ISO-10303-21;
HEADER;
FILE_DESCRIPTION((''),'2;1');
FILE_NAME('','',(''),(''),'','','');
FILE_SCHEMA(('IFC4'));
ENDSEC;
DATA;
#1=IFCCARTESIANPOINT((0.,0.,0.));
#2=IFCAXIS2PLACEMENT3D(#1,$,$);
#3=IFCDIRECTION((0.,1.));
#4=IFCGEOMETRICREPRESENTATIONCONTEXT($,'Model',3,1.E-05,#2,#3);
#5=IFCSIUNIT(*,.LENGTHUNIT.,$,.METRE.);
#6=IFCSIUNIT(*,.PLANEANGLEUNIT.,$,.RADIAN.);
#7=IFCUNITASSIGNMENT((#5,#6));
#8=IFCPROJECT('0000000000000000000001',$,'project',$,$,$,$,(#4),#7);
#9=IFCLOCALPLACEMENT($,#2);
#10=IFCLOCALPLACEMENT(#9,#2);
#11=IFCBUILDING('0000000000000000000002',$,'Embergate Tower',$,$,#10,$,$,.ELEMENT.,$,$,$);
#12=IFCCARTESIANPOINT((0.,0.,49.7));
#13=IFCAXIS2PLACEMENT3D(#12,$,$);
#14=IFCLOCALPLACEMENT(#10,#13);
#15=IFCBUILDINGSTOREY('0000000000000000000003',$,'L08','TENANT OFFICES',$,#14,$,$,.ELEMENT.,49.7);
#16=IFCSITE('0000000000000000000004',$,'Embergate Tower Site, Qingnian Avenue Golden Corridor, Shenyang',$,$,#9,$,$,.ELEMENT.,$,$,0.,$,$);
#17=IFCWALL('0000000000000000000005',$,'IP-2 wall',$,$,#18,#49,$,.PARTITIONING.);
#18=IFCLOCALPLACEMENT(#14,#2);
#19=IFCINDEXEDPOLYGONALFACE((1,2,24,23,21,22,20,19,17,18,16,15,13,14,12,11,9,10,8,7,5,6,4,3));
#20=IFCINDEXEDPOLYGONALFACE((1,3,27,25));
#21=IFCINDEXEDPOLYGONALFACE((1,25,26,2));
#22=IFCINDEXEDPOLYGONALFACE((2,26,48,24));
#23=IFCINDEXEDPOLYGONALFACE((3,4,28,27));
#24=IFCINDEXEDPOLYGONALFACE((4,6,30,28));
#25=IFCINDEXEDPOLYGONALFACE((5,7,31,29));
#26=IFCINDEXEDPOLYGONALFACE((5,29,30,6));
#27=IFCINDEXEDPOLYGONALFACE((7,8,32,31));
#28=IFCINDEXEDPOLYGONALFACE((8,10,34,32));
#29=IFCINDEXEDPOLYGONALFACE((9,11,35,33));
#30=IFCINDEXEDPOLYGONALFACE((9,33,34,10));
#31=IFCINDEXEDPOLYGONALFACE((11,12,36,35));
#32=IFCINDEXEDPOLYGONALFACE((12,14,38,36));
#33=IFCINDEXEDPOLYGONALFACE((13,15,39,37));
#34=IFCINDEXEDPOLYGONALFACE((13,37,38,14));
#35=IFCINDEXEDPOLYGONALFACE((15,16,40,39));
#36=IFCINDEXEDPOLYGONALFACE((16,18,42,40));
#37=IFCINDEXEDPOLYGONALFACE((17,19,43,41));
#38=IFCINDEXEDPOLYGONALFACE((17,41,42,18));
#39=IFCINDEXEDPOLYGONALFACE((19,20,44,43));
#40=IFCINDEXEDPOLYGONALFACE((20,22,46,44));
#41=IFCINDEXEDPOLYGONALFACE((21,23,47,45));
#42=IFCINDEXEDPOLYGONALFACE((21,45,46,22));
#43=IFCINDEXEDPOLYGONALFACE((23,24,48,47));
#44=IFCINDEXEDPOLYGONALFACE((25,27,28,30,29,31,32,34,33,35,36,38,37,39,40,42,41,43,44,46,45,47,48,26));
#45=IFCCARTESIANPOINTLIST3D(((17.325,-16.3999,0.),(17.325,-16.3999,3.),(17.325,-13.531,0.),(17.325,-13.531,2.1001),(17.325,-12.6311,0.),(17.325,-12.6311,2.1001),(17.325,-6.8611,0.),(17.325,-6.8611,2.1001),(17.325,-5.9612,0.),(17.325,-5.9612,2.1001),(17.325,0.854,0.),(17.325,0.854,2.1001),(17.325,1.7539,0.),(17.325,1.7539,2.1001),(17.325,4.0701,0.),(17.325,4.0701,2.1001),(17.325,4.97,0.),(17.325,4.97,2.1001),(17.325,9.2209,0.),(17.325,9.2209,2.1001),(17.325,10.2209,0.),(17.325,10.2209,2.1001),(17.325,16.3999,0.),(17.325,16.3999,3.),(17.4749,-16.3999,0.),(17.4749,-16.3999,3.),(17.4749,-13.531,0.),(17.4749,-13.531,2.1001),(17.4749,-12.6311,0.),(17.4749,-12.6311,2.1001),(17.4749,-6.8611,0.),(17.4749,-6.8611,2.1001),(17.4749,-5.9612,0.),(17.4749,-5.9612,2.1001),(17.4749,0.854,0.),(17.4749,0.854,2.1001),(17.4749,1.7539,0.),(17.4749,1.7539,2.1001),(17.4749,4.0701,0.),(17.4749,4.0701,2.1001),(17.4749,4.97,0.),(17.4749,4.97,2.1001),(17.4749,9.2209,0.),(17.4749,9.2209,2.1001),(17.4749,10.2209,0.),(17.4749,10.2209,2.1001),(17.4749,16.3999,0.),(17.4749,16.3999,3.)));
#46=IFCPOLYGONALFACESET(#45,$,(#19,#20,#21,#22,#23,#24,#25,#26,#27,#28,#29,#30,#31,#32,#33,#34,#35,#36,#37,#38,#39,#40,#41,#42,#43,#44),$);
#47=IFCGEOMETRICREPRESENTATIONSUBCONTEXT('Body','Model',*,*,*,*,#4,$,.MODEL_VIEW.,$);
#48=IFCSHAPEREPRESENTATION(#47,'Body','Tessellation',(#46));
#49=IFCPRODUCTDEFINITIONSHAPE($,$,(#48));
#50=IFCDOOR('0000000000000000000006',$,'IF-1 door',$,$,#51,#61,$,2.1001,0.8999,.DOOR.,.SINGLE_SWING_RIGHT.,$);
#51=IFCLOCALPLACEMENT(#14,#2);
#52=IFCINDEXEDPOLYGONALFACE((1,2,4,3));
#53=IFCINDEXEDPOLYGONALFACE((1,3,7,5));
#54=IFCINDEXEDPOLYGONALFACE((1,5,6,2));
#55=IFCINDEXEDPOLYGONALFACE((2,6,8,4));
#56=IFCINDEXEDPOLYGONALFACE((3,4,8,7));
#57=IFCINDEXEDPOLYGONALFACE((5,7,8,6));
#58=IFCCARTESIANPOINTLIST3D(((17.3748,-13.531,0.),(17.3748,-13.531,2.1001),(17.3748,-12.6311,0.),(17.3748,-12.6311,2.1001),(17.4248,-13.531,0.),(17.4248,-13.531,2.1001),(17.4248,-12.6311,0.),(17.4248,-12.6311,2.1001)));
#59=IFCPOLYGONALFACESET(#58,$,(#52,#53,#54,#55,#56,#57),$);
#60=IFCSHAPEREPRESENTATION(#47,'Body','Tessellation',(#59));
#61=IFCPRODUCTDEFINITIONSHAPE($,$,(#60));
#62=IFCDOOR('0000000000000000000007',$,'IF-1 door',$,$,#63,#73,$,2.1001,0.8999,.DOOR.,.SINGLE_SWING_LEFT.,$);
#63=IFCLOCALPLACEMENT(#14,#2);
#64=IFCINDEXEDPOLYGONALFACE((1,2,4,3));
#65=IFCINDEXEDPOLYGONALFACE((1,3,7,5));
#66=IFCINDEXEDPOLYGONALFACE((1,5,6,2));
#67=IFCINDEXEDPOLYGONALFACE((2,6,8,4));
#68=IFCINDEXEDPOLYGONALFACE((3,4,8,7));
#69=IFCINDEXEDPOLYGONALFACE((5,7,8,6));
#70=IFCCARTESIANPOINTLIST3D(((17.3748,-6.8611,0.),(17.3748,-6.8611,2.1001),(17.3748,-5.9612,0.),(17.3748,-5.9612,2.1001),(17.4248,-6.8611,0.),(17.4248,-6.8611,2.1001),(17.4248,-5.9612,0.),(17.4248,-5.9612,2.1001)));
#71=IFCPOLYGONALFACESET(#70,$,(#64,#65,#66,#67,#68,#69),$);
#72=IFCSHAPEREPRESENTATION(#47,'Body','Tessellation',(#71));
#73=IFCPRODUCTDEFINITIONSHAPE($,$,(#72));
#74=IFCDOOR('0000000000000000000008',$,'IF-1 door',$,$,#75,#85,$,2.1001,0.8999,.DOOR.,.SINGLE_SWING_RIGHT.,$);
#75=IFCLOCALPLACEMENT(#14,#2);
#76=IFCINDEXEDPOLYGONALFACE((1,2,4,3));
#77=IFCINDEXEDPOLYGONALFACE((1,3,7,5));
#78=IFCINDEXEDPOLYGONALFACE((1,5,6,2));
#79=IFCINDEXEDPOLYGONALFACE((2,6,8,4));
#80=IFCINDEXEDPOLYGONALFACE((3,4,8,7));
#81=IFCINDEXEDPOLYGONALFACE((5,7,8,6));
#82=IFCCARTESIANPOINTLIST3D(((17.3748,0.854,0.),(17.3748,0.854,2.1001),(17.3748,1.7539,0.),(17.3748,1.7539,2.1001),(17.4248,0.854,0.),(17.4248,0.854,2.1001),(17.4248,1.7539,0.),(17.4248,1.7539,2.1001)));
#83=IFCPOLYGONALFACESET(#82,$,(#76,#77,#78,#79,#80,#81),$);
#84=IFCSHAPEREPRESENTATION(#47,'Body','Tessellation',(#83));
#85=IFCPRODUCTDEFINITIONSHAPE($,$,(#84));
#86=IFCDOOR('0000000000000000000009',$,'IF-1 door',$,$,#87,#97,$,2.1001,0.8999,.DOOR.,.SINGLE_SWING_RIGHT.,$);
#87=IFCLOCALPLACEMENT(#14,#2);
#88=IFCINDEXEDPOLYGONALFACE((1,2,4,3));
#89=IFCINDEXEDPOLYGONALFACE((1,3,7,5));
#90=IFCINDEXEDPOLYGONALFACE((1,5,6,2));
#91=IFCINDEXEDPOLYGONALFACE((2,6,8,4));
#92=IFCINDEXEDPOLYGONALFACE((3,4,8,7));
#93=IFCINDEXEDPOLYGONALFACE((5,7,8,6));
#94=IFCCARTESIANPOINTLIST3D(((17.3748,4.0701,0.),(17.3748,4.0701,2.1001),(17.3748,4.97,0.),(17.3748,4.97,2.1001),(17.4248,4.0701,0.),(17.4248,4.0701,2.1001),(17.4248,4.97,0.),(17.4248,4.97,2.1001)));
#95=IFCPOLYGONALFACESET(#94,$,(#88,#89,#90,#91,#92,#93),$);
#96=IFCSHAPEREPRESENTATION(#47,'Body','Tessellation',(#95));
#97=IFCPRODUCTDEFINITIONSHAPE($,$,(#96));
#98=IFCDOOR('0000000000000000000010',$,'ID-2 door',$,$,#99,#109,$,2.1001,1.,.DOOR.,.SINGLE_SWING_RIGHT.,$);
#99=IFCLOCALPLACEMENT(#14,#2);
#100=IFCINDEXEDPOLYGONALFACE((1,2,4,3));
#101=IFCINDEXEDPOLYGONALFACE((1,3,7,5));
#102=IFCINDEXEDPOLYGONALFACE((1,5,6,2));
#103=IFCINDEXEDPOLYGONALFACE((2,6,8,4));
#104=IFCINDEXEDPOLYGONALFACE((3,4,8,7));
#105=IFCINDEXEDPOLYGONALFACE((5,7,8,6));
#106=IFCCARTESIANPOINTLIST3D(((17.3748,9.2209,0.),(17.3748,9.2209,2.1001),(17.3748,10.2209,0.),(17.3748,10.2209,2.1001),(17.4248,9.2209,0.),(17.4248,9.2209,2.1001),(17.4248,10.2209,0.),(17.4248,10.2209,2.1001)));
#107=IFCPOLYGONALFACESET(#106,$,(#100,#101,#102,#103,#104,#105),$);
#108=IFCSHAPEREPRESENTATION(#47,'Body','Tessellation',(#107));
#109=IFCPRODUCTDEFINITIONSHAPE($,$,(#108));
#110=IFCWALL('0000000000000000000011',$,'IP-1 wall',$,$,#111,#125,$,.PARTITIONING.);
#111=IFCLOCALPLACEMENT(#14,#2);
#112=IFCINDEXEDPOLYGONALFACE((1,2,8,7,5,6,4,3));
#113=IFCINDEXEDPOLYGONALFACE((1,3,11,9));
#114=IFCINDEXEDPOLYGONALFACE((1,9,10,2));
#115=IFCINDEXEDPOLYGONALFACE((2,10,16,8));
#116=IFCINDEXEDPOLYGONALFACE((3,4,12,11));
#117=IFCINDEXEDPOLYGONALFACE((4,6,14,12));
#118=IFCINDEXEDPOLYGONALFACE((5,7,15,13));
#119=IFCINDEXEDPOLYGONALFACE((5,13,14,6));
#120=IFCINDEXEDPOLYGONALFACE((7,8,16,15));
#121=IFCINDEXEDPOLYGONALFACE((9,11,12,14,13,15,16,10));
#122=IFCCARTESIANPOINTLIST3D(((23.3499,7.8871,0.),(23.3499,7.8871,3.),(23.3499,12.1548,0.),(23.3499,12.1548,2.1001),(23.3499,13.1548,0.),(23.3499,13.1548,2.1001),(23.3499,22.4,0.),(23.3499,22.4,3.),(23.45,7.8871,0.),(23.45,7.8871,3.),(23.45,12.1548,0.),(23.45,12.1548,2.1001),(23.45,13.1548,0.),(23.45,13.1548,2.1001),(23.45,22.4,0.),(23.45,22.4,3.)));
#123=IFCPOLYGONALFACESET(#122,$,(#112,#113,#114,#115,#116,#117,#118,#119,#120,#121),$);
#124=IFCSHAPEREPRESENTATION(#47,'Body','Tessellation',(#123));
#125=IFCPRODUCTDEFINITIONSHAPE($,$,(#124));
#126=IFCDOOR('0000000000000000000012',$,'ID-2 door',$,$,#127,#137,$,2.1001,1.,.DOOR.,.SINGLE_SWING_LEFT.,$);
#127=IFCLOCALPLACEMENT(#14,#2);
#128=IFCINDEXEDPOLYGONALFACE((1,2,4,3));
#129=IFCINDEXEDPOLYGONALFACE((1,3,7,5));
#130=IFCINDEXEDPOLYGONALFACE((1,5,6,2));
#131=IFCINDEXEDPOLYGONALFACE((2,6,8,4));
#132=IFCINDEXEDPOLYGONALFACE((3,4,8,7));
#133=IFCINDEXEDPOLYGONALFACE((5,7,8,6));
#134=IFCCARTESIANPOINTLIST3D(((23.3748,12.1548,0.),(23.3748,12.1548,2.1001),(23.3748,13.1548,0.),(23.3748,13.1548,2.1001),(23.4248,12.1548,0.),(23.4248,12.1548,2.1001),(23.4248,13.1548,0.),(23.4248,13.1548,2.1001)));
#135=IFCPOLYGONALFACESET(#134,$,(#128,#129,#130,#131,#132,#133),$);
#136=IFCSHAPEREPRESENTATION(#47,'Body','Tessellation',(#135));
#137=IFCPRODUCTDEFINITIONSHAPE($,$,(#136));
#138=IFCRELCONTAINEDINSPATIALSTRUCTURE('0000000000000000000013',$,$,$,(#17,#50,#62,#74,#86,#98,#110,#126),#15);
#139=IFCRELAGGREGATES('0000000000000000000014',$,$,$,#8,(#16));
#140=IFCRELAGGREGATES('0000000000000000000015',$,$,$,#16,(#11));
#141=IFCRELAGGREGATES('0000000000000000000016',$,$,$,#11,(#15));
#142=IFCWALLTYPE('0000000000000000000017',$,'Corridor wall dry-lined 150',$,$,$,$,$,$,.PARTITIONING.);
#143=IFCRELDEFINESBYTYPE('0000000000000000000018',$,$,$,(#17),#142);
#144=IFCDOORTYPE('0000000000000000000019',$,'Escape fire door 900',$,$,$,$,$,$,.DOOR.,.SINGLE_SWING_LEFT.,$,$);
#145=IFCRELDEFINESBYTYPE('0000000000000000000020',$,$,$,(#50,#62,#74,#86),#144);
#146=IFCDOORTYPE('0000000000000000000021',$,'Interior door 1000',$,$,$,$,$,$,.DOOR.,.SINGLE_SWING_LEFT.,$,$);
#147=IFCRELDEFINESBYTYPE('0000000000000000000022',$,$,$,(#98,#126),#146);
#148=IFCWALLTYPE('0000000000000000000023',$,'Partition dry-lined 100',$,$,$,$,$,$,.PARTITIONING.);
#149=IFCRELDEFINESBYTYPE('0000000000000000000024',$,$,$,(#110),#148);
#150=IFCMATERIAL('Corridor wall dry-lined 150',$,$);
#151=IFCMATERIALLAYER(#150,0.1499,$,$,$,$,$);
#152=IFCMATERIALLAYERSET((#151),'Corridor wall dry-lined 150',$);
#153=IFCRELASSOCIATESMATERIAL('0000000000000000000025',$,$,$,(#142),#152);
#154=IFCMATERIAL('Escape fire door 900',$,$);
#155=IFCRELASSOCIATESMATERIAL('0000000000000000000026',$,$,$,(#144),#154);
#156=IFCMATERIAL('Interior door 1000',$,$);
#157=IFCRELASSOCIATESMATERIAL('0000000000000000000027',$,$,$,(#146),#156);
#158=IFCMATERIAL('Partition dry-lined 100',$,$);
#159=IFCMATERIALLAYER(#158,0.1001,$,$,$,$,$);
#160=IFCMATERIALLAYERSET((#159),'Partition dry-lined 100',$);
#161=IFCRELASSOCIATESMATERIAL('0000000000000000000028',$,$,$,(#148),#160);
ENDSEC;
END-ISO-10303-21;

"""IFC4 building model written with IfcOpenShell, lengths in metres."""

from ifc_helpers import new_model, si_unit, direction, frame, frame_2d, origin, place, context, subcontext, project, spatial, rectangle, extrude, source, transform, mapped, material, layer, layer_set, type_object, element, fill, save


model = new_model("IFC4")

# Units and contexts
model_context = context("Model", 3, precision=1e-05, world=origin(), true_north=direction((0.0, 1.0)))
body_context = subcontext(model_context, "Body", "Model", "MODEL_VIEW")
ifc_project = project(units=[si_unit("LENGTHUNIT", "METRE"), si_unit("PLANEANGLEUNIT", "RADIAN")], contexts=[model_context])

# Site, building, storey
site_placement = place(None, origin())
site = spatial("IfcSite", under=ifc_project, at=site_placement, Name="Embergate Tower Site, Qingnian Avenue Golden Corridor, Shenyang", CompositionType="ELEMENT", RefElevation=0.0)
building_placement = place(site_placement, origin())
building = spatial("IfcBuilding", under=site, at=building_placement, Name="Embergate Tower", CompositionType="ELEMENT")
storey_placement = place(building_placement, frame((0.0, 0.0, 49.7)))
storey = spatial("IfcBuildingStorey", under=building, at=storey_placement, Name="L08", Description="TENANT OFFICES", CompositionType="ELEMENT", Elevation=49.7)

# Wall, openings, doors
ifc_material_1 = material(Name="Corridor wall dry-lined 150")
ifc_layer_1 = layer(ifc_material_1, 0.1499)
ifc_layer_set_1 = layer_set([ifc_layer_1], Name="Corridor wall dry-lined 150")
wall_type_1 = type_object("IfcWallType", Name="Corridor wall dry-lined 150", PredefinedType="PARTITIONING", material=ifc_layer_set_1)
shared_shape_1 = source(origin(), body_context, "Body", "SweptSolid", [
    extrude(rectangle(XDim=32.7998, YDim=0.1499, at=frame_2d((16.3999, 0.0))), origin(), (0.0, 0.0, 1.0), 3.0),
])
wall_1_placement = place(storey_placement, frame((17.3999, 16.3999, 0.0), z_axis=(0.0, 0.0, 1.0), x_axis=(0.0, -1.0, 0.0)))
wall_1 = element("IfcWall", 1, at=wall_1_placement, inside=storey, type_object=wall_type_1, Name="IP-2 wall", PredefinedType="PARTITIONING", context=body_context, shape_type="MappedRepresentation", body=[
    mapped(shared_shape_1, transform((0.0, 0.0, 0.0))),
])
shared_shape_2 = source(origin(), body_context, "Body", "SweptSolid", [
    extrude(rectangle(XDim=0.8999, YDim=2.1001, at=frame_2d((0.45, 1.05))), frame((0.0, 0.085, 0.0), z_axis=(0.0, -1.0, 0.0), x_axis=(1.0, 0.0, 0.0)), (0.0, 0.0, 1.0), 0.1699),
])
opening_1_placement = place(wall_1_placement, frame((29.031, 0.0, 0.0)))
opening_1 = element("IfcOpeningElement", 2, at=opening_1_placement, cuts=wall_1, PredefinedType="OPENING", context=body_context, shape_type="MappedRepresentation", body=[
    mapped(shared_shape_2, transform((0.0, 0.0, 0.0))),
])
opening_2_placement = place(wall_1_placement, frame((22.3611, 0.0, 0.0)))
opening_2 = element("IfcOpeningElement", 3, at=opening_2_placement, cuts=wall_1, PredefinedType="OPENING", context=body_context, shape_type="MappedRepresentation", body=[
    mapped(shared_shape_2, transform((0.0, 0.0, 0.0))),
])
opening_3_placement = place(wall_1_placement, frame((14.646, 0.0, 0.0)))
opening_3 = element("IfcOpeningElement", 4, at=opening_3_placement, cuts=wall_1, PredefinedType="OPENING", context=body_context, shape_type="MappedRepresentation", body=[
    mapped(shared_shape_2, transform((0.0, 0.0, 0.0))),
])
opening_4_placement = place(wall_1_placement, frame((11.4299, 0.0, 0.0)))
opening_4 = element("IfcOpeningElement", 5, at=opening_4_placement, cuts=wall_1, PredefinedType="OPENING", context=body_context, shape_type="MappedRepresentation", body=[
    mapped(shared_shape_2, transform((0.0, 0.0, 0.0))),
])
shared_shape_3 = source(origin(), body_context, "Body", "SweptSolid", [
    extrude(rectangle(XDim=1.0, YDim=2.1001, at=frame_2d((0.5, 1.05))), frame((0.0, 0.085, 0.0), z_axis=(0.0, -1.0, 0.0), x_axis=(1.0, 0.0, 0.0)), (0.0, 0.0, 1.0), 0.1699),
])
opening_5_placement = place(wall_1_placement, frame((6.179, 0.0, 0.0)))
opening_5 = element("IfcOpeningElement", 6, at=opening_5_placement, cuts=wall_1, PredefinedType="OPENING", context=body_context, shape_type="MappedRepresentation", body=[
    mapped(shared_shape_3, transform((0.0, 0.0, 0.0))),
])
ifc_material_2 = material(Name="Escape fire door 900")
door_type_1 = type_object("IfcDoorType", Name="Escape fire door 900", OperationType="SINGLE_SWING_LEFT", PredefinedType="DOOR", material=ifc_material_2)
shared_shape_4 = source(origin(), body_context, "Body", "SweptSolid", [
    extrude(rectangle(XDim=0.8999, YDim=2.1001, at=frame_2d((0.45, 1.05))), frame((0.0, 0.0249, 0.0), z_axis=(0.0, -1.0, 0.0), x_axis=(1.0, 0.0, 0.0)), (0.0, 0.0, 1.0), 0.05),
])
door_1_placement = place(opening_1_placement, origin())
door_1 = element("IfcDoor", 7, at=door_1_placement, inside=storey, type_object=door_type_1, Name="IF-1 door", OperationType="SINGLE_SWING_RIGHT", OverallHeight=2.1001, OverallWidth=0.8999, PredefinedType="DOOR", context=body_context, shape_type="MappedRepresentation", body=[
    mapped(shared_shape_4, transform((0.0, 0.0, 0.0))),
])
fill(opening_1, door_1)
door_2_placement = place(opening_2_placement, origin())
door_2 = element("IfcDoor", 8, at=door_2_placement, inside=storey, type_object=door_type_1, Name="IF-1 door", OperationType="SINGLE_SWING_LEFT", OverallHeight=2.1001, OverallWidth=0.8999, PredefinedType="DOOR", context=body_context, shape_type="MappedRepresentation", body=[
    mapped(shared_shape_4, transform((0.0, 0.0, 0.0))),
])
fill(opening_2, door_2)
door_3_placement = place(opening_3_placement, origin())
door_3 = element("IfcDoor", 9, at=door_3_placement, inside=storey, type_object=door_type_1, Name="IF-1 door", OperationType="SINGLE_SWING_RIGHT", OverallHeight=2.1001, OverallWidth=0.8999, PredefinedType="DOOR", context=body_context, shape_type="MappedRepresentation", body=[
    mapped(shared_shape_4, transform((0.0, 0.0, 0.0))),
])
fill(opening_3, door_3)
door_4_placement = place(opening_4_placement, origin())
door_4 = element("IfcDoor", 10, at=door_4_placement, inside=storey, type_object=door_type_1, Name="IF-1 door", OperationType="SINGLE_SWING_RIGHT", OverallHeight=2.1001, OverallWidth=0.8999, PredefinedType="DOOR", context=body_context, shape_type="MappedRepresentation", body=[
    mapped(shared_shape_4, transform((0.0, 0.0, 0.0))),
])
fill(opening_4, door_4)
ifc_material_3 = material(Name="Interior door 1000")
door_type_2 = type_object("IfcDoorType", Name="Interior door 1000", OperationType="SINGLE_SWING_LEFT", PredefinedType="DOOR", material=ifc_material_3)
shared_shape_5 = source(origin(), body_context, "Body", "SweptSolid", [
    extrude(rectangle(XDim=1.0, YDim=2.1001, at=frame_2d((0.5, 1.05))), frame((0.0, 0.0249, 0.0), z_axis=(0.0, -1.0, 0.0), x_axis=(1.0, 0.0, 0.0)), (0.0, 0.0, 1.0), 0.05),
])
door_5_placement = place(opening_5_placement, origin())
door_5 = element("IfcDoor", 11, at=door_5_placement, inside=storey, type_object=door_type_2, Name="ID-2 door", OperationType="SINGLE_SWING_RIGHT", OverallHeight=2.1001, OverallWidth=1.0, PredefinedType="DOOR", context=body_context, shape_type="MappedRepresentation", body=[
    mapped(shared_shape_5, transform((0.0, 0.0, 0.0))),
])
fill(opening_5, door_5)

# Wall, opening, door
ifc_material_4 = material(Name="Partition dry-lined 100")
ifc_layer_2 = layer(ifc_material_4, 0.1001)
ifc_layer_set_2 = layer_set([ifc_layer_2], Name="Partition dry-lined 100")
wall_type_2 = type_object("IfcWallType", Name="Partition dry-lined 100", PredefinedType="PARTITIONING", material=ifc_layer_set_2)
shared_shape_6 = source(origin(), body_context, "Body", "SweptSolid", [
    extrude(rectangle(XDim=14.5129, YDim=0.1001, at=frame_2d((7.2563, 0.0))), origin(), (0.0, 0.0, 1.0), 3.0),
])
wall_2_placement = place(storey_placement, frame((23.3999, 22.3999, 0.0), z_axis=(0.0, 0.0, 1.0), x_axis=(0.0, -1.0, 0.0)))
wall_2 = element("IfcWall", 12, at=wall_2_placement, inside=storey, type_object=wall_type_2, Name="IP-1 wall", PredefinedType="PARTITIONING", context=body_context, shape_type="MappedRepresentation", body=[
    mapped(shared_shape_6, transform((0.0, 0.0, 0.0))),
])
shared_shape_7 = source(origin(), body_context, "Body", "SweptSolid", [
    extrude(rectangle(XDim=1.0, YDim=2.1001, at=frame_2d((0.5, 1.05))), frame((0.0, 0.0601, 0.0), z_axis=(0.0, -1.0, 0.0), x_axis=(1.0, 0.0, 0.0)), (0.0, 0.0, 1.0), 0.1201),
])
opening_6_placement = place(wall_2_placement, frame((9.2451, 0.0, 0.0)))
opening_6 = element("IfcOpeningElement", 13, at=opening_6_placement, cuts=wall_2, PredefinedType="OPENING", context=body_context, shape_type="MappedRepresentation", body=[
    mapped(shared_shape_7, transform((0.0, 0.0, 0.0))),
])
door_6_placement = place(opening_6_placement, origin())
door_6 = element("IfcDoor", 14, at=door_6_placement, inside=storey, type_object=door_type_2, Name="ID-2 door", OperationType="SINGLE_SWING_LEFT", OverallHeight=2.1001, OverallWidth=1.0, PredefinedType="DOOR", context=body_context, shape_type="MappedRepresentation", body=[
    mapped(shared_shape_5, transform((0.0, 0.0, 0.0))),
])
fill(opening_6, door_6)

save(model, "model.ifc")
